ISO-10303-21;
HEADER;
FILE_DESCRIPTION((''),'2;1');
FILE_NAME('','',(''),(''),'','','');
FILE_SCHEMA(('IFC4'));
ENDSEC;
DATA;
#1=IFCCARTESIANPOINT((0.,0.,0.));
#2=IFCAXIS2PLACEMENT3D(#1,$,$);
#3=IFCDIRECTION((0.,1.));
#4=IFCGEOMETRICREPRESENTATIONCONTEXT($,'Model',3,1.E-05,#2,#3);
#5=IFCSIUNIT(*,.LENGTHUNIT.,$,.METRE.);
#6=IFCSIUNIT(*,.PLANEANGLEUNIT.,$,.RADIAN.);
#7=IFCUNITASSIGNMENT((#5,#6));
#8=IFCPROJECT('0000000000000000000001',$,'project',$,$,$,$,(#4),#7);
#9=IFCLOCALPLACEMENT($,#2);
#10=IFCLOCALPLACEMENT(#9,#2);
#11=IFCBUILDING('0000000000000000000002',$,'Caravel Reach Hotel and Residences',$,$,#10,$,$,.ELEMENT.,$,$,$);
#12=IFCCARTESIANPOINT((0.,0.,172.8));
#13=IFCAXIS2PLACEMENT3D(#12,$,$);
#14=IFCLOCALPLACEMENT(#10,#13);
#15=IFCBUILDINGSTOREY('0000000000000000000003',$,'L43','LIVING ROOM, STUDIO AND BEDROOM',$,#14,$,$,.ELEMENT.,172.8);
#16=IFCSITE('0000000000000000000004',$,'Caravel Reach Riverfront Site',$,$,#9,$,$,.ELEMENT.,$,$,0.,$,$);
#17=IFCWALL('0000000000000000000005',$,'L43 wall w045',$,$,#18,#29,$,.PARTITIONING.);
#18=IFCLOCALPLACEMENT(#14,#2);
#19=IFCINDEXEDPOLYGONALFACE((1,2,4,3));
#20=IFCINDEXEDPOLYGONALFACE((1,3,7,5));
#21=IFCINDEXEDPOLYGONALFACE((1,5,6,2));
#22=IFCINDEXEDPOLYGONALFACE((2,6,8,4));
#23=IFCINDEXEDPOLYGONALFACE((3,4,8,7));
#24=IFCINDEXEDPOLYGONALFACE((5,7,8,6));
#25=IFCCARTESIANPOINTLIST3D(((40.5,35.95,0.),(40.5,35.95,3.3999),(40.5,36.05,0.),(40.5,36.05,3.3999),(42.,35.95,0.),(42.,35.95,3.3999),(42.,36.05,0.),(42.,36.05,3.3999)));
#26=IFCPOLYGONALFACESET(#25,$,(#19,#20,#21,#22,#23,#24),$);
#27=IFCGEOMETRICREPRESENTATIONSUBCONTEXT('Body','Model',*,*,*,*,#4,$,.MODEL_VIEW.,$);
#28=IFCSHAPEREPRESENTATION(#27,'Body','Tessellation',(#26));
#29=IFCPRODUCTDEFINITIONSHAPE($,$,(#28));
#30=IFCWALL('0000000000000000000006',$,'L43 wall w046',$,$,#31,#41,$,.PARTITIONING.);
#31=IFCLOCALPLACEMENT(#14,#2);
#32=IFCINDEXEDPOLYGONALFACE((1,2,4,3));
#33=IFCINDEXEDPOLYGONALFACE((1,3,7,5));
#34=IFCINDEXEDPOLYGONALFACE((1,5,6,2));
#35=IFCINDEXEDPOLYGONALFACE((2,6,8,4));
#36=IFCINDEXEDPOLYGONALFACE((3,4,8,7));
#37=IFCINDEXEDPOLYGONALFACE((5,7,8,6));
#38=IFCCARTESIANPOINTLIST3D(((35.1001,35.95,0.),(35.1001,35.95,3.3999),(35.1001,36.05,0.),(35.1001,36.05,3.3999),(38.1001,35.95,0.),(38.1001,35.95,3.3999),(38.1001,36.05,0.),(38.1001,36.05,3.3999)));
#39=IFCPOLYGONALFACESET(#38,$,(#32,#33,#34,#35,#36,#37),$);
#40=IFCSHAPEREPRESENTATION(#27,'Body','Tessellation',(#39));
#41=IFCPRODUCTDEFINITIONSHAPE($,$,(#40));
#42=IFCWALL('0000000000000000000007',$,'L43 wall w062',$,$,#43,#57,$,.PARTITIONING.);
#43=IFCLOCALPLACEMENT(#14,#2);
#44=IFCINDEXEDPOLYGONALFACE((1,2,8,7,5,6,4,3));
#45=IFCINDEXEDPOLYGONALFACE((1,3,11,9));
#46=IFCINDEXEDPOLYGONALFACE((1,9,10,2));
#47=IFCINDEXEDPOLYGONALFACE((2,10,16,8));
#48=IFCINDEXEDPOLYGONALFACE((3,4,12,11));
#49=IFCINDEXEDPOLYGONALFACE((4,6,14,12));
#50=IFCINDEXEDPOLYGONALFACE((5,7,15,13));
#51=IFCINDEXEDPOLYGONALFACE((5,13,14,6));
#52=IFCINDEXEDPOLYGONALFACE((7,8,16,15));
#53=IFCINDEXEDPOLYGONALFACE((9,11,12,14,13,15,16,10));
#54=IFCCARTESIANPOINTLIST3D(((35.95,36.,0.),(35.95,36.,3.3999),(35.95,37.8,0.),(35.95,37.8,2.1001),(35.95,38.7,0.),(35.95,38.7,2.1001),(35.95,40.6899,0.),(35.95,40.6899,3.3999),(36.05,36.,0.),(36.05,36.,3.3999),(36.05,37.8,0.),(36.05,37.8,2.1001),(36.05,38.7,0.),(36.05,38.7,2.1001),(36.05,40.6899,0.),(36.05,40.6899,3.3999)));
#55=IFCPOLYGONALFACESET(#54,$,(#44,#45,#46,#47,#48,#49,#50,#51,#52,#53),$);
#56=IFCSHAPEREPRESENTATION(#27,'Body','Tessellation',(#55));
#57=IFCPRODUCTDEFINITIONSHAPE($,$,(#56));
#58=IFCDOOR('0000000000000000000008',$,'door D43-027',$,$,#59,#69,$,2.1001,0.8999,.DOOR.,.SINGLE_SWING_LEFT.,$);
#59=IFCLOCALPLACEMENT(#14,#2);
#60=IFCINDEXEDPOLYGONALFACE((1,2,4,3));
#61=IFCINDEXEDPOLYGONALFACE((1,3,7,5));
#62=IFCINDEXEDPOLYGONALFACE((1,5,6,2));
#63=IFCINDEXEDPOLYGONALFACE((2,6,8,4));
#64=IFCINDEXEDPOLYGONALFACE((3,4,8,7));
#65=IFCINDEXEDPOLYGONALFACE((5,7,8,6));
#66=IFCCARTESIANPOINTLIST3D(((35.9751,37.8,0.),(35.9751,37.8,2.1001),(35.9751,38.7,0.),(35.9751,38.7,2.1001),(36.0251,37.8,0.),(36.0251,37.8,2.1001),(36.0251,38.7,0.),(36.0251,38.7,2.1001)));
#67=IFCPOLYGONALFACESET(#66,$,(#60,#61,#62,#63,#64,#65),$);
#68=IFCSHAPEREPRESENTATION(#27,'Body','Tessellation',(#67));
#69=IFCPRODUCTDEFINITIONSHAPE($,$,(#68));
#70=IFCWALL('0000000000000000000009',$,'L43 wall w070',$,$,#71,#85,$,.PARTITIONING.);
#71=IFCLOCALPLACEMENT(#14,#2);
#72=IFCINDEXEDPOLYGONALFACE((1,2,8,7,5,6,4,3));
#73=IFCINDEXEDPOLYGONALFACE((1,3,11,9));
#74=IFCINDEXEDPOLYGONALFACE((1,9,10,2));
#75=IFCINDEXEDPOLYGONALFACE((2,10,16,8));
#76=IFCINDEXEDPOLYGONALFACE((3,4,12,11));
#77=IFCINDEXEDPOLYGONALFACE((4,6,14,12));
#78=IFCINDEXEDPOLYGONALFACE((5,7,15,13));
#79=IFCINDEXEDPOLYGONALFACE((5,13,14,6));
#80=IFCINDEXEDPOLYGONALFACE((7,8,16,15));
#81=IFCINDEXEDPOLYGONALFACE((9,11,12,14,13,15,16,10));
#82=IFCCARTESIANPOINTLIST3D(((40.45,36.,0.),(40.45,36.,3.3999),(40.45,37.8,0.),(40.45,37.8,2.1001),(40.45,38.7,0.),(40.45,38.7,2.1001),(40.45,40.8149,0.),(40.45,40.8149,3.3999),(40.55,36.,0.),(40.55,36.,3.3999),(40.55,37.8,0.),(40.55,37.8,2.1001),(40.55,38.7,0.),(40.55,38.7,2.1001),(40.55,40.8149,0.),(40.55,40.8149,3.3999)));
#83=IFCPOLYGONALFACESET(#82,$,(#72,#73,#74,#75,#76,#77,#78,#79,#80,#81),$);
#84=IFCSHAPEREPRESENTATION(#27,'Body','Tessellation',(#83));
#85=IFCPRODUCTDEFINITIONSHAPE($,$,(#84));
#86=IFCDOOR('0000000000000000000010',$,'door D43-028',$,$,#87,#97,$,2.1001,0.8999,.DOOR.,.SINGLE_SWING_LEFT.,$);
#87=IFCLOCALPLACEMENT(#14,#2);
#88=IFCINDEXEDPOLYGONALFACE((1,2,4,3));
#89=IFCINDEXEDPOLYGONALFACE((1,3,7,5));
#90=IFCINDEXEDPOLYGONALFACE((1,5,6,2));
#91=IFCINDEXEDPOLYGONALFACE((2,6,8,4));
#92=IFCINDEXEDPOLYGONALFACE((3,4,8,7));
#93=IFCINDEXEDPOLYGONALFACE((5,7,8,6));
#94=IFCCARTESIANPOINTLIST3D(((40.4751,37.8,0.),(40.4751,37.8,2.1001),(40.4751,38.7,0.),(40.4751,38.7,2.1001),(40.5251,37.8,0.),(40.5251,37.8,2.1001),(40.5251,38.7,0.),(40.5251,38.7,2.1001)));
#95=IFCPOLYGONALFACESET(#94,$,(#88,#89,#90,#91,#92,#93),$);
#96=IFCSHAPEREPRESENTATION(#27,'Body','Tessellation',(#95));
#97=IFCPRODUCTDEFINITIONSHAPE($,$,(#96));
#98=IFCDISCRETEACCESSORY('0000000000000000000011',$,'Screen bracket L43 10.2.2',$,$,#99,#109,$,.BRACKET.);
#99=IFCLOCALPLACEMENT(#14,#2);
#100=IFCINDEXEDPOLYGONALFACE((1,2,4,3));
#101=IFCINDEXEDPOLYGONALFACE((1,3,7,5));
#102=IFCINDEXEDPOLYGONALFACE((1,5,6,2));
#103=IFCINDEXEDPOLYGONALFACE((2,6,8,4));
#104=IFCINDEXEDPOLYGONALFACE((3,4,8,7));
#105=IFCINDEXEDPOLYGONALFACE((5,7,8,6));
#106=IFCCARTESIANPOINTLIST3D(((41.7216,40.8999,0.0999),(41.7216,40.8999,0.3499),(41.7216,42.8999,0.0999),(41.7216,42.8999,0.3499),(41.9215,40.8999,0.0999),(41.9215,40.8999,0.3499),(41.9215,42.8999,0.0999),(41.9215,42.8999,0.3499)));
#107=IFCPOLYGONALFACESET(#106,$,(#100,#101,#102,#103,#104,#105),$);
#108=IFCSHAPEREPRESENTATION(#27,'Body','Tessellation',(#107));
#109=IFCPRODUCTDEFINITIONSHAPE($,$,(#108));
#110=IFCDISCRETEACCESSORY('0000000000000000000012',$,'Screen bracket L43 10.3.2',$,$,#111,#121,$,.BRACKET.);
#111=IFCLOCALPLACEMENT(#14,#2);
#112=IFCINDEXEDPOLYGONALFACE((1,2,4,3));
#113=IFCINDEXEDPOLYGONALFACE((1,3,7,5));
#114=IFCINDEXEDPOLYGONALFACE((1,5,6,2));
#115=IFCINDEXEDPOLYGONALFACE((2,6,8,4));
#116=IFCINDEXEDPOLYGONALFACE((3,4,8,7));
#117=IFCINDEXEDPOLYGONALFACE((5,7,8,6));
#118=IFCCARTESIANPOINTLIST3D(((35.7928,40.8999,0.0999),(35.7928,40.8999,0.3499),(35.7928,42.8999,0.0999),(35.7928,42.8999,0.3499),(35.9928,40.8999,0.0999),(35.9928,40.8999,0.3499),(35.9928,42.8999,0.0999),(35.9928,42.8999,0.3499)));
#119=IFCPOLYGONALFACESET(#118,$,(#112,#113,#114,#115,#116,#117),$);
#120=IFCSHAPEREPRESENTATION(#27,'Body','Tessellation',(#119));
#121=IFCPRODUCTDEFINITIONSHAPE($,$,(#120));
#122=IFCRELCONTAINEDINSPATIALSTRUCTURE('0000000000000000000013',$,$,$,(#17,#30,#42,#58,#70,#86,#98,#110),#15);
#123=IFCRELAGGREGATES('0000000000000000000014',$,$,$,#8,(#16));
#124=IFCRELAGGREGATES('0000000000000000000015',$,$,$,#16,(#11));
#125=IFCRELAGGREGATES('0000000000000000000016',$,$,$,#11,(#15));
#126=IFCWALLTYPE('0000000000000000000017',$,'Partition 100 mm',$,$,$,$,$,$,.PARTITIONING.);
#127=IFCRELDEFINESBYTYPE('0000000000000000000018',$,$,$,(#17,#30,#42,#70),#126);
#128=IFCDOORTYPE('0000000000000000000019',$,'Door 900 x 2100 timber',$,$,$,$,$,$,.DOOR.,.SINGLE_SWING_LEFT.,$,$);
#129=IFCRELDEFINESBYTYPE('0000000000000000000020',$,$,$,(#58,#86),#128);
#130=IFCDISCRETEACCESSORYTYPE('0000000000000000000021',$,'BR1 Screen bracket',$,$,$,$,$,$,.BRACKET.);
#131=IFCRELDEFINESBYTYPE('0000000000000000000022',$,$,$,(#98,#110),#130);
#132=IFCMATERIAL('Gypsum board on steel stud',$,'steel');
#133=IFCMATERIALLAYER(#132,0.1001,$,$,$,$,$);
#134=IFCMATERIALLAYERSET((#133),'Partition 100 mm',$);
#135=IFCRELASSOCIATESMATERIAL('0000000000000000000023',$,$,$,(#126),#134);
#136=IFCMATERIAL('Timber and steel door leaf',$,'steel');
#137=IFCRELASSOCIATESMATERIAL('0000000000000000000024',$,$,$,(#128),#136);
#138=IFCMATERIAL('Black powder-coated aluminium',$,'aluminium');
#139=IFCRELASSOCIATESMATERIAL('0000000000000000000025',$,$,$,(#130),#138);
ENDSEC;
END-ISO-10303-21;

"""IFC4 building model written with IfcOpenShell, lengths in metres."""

from ifc_helpers import new_model, si_unit, direction, frame, frame_2d, origin, origin_2d, place, context, subcontext, project, spatial, rectangle, extrude, material, layer, layer_set, type_object, element, fill, save


model = new_model("IFC4")

# Units and contexts
model_context = context("Model", 3, precision=1e-05, world=origin(), true_north=direction((0.0, 1.0)))
body_context = subcontext(model_context, "Body", "Model", "MODEL_VIEW")
ifc_project = project(units=[si_unit("LENGTHUNIT", "METRE"), si_unit("PLANEANGLEUNIT", "RADIAN")], contexts=[model_context])

# Site, building, storey
site_placement = place(None, origin())
site = spatial("IfcSite", under=ifc_project, at=site_placement, Name="Caravel Reach Riverfront Site", CompositionType="ELEMENT", RefElevation=0.0)
building_placement = place(site_placement, origin())
building = spatial("IfcBuilding", under=site, at=building_placement, Name="Caravel Reach Hotel and Residences", CompositionType="ELEMENT")
storey_placement = place(building_placement, frame((0.0, 0.0, 172.8)))
storey = spatial("IfcBuildingStorey", under=building, at=storey_placement, Name="L43", Description="LIVING ROOM, STUDIO AND BEDROOM", CompositionType="ELEMENT", Elevation=172.8)

# Walls
ifc_material_1 = material(Name="Gypsum board on steel stud", Category="steel")
ifc_layer_1 = layer(ifc_material_1, 0.1001)
ifc_layer_set_1 = layer_set([ifc_layer_1], Name="Partition 100 mm")
wall_type_1 = type_object("IfcWallType", Name="Partition 100 mm", PredefinedType="PARTITIONING", material=ifc_layer_set_1)
wall_1_placement = place(storey_placement, frame((40.5, 36.0, 0.0), z_axis=(0.0, 0.0, 1.0), x_axis=(1.0, 0.0, 0.0)))
element("IfcWall", 1, at=wall_1_placement, inside=storey, type_object=wall_type_1, Name="L43 wall w045", PredefinedType="PARTITIONING", context=body_context, shape_type="SweptSolid", body=[
    extrude(rectangle(XDim=1.5, YDim=0.1001, at=frame_2d((0.75, 0.0))), origin(), (0.0, 0.0, 1.0), 3.3999),
])
wall_2_placement = place(storey_placement, frame((35.1001, 36.0, 0.0), z_axis=(0.0, 0.0, 1.0), x_axis=(1.0, 0.0, 0.0)))
element("IfcWall", 2, at=wall_2_placement, inside=storey, type_object=wall_type_1, Name="L43 wall w046", PredefinedType="PARTITIONING", context=body_context, shape_type="SweptSolid", body=[
    extrude(rectangle(XDim=3.0, YDim=0.1001, at=frame_2d((1.5, 0.0))), origin(), (0.0, 0.0, 1.0), 3.3999),
])

# Walls, openings, doors
wall_3_placement = place(storey_placement, frame((36.0, 36.0, 0.0), z_axis=(0.0, 0.0, 1.0), x_axis=(0.0, 1.0, 0.0)))
wall_3 = element("IfcWall", 3, at=wall_3_placement, inside=storey, type_object=wall_type_1, Name="L43 wall w062", PredefinedType="PARTITIONING", context=body_context, shape_type="SweptSolid", body=[
    extrude(rectangle(XDim=4.6899, YDim=0.1001, at=frame_2d((2.345, 0.0))), origin(), (0.0, 0.0, 1.0), 3.3999),
])
opening_1_placement = place(wall_3_placement, frame((1.8, 0.0, 0.0)))
opening_1 = element("IfcOpeningElement", 4, at=opening_1_placement, cuts=wall_3, PredefinedType="OPENING", context=body_context, shape_type="SweptSolid", body=[
    extrude(rectangle(XDim=0.8999, YDim=2.1001, at=frame_2d((0.45, 1.05))), frame((0.0, 0.0601, 0.0), z_axis=(0.0, -1.0, 0.0), x_axis=(1.0, 0.0, 0.0)), (0.0, 0.0, 1.0), 0.1201),
])
ifc_material_2 = material(Name="Timber and steel door leaf", Category="steel")
door_type = type_object("IfcDoorType", Name="Door 900 x 2100 timber", OperationType="SINGLE_SWING_LEFT", PredefinedType="DOOR", material=ifc_material_2)
door_1_placement = place(opening_1_placement, origin())
door_1 = element("IfcDoor", 5, at=door_1_placement, inside=storey, type_object=door_type, Name="door D43-027", OperationType="SINGLE_SWING_LEFT", OverallHeight=2.1001, OverallWidth=0.8999, PredefinedType="DOOR", context=body_context, shape_type="SweptSolid", body=[
    extrude(rectangle(XDim=0.8999, YDim=2.1001, at=frame_2d((0.45, 1.05))), frame((0.0, 0.0249, 0.0), z_axis=(0.0, -1.0, 0.0), x_axis=(1.0, 0.0, 0.0)), (0.0, 0.0, 1.0), 0.05),
])
fill(opening_1, door_1)
wall_4_placement = place(storey_placement, frame((40.5, 36.0, 0.0), z_axis=(0.0, 0.0, 1.0), x_axis=(0.0, 1.0, 0.0)))
wall_4 = element("IfcWall", 6, at=wall_4_placement, inside=storey, type_object=wall_type_1, Name="L43 wall w070", PredefinedType="PARTITIONING", context=body_context, shape_type="SweptSolid", body=[
    extrude(rectangle(XDim=4.8149, YDim=0.1001, at=frame_2d((2.4075, 0.0))), origin(), (0.0, 0.0, 1.0), 3.3999),
])
opening_2_placement = place(wall_4_placement, frame((1.8, 0.0, 0.0)))
opening_2 = element("IfcOpeningElement", 7, at=opening_2_placement, cuts=wall_4, PredefinedType="OPENING", context=body_context, shape_type="SweptSolid", body=[
    extrude(rectangle(XDim=0.8999, YDim=2.1001, at=frame_2d((0.45, 1.05))), frame((0.0, 0.0601, 0.0), z_axis=(0.0, -1.0, 0.0), x_axis=(1.0, 0.0, 0.0)), (0.0, 0.0, 1.0), 0.1201),
])
door_2_placement = place(opening_2_placement, origin())
door_2 = element("IfcDoor", 8, at=door_2_placement, inside=storey, type_object=door_type, Name="door D43-028", OperationType="SINGLE_SWING_LEFT", OverallHeight=2.1001, OverallWidth=0.8999, PredefinedType="DOOR", context=body_context, shape_type="SweptSolid", body=[
    extrude(rectangle(XDim=0.8999, YDim=2.1001, at=frame_2d((0.45, 1.05))), frame((0.0, 0.0249, 0.0), z_axis=(0.0, -1.0, 0.0), x_axis=(1.0, 0.0, 0.0)), (0.0, 0.0, 1.0), 0.05),
])
fill(opening_2, door_2)

# Discrete accessories
ifc_material_3 = material(Name="Black powder-coated aluminium", Category="aluminium")
discrete_accessory_type = type_object("IfcDiscreteAccessoryType", Name="BR1 Screen bracket", PredefinedType="BRACKET", material=ifc_material_3)
for number, where, z_axis, x_axis, name in (
    (9, (41.8215, 41.8999, 0.0999), (0.0, 0.0, 1.0), (0.0, 1.0, 0.0), "Screen bracket L43 10.2.2"),
    (10, (35.8928, 41.8999, 0.0999), (0.0, 0.0, 1.0), (0.0, 1.0, 0.0), "Screen bracket L43 10.3.2"),
):
    element("IfcDiscreteAccessory", number, at=place(storey_placement, frame(where, z_axis=z_axis, x_axis=x_axis)), inside=storey, type_object=discrete_accessory_type, Name=name, PredefinedType="BRACKET", context=body_context, shape_type="SweptSolid", body=[
        extrude(rectangle(XDim=2.0, YDim=0.2, at=origin_2d()), origin(), (0.0, 0.0, 1.0), 0.25),
    ])

save(model, "model.ifc")
